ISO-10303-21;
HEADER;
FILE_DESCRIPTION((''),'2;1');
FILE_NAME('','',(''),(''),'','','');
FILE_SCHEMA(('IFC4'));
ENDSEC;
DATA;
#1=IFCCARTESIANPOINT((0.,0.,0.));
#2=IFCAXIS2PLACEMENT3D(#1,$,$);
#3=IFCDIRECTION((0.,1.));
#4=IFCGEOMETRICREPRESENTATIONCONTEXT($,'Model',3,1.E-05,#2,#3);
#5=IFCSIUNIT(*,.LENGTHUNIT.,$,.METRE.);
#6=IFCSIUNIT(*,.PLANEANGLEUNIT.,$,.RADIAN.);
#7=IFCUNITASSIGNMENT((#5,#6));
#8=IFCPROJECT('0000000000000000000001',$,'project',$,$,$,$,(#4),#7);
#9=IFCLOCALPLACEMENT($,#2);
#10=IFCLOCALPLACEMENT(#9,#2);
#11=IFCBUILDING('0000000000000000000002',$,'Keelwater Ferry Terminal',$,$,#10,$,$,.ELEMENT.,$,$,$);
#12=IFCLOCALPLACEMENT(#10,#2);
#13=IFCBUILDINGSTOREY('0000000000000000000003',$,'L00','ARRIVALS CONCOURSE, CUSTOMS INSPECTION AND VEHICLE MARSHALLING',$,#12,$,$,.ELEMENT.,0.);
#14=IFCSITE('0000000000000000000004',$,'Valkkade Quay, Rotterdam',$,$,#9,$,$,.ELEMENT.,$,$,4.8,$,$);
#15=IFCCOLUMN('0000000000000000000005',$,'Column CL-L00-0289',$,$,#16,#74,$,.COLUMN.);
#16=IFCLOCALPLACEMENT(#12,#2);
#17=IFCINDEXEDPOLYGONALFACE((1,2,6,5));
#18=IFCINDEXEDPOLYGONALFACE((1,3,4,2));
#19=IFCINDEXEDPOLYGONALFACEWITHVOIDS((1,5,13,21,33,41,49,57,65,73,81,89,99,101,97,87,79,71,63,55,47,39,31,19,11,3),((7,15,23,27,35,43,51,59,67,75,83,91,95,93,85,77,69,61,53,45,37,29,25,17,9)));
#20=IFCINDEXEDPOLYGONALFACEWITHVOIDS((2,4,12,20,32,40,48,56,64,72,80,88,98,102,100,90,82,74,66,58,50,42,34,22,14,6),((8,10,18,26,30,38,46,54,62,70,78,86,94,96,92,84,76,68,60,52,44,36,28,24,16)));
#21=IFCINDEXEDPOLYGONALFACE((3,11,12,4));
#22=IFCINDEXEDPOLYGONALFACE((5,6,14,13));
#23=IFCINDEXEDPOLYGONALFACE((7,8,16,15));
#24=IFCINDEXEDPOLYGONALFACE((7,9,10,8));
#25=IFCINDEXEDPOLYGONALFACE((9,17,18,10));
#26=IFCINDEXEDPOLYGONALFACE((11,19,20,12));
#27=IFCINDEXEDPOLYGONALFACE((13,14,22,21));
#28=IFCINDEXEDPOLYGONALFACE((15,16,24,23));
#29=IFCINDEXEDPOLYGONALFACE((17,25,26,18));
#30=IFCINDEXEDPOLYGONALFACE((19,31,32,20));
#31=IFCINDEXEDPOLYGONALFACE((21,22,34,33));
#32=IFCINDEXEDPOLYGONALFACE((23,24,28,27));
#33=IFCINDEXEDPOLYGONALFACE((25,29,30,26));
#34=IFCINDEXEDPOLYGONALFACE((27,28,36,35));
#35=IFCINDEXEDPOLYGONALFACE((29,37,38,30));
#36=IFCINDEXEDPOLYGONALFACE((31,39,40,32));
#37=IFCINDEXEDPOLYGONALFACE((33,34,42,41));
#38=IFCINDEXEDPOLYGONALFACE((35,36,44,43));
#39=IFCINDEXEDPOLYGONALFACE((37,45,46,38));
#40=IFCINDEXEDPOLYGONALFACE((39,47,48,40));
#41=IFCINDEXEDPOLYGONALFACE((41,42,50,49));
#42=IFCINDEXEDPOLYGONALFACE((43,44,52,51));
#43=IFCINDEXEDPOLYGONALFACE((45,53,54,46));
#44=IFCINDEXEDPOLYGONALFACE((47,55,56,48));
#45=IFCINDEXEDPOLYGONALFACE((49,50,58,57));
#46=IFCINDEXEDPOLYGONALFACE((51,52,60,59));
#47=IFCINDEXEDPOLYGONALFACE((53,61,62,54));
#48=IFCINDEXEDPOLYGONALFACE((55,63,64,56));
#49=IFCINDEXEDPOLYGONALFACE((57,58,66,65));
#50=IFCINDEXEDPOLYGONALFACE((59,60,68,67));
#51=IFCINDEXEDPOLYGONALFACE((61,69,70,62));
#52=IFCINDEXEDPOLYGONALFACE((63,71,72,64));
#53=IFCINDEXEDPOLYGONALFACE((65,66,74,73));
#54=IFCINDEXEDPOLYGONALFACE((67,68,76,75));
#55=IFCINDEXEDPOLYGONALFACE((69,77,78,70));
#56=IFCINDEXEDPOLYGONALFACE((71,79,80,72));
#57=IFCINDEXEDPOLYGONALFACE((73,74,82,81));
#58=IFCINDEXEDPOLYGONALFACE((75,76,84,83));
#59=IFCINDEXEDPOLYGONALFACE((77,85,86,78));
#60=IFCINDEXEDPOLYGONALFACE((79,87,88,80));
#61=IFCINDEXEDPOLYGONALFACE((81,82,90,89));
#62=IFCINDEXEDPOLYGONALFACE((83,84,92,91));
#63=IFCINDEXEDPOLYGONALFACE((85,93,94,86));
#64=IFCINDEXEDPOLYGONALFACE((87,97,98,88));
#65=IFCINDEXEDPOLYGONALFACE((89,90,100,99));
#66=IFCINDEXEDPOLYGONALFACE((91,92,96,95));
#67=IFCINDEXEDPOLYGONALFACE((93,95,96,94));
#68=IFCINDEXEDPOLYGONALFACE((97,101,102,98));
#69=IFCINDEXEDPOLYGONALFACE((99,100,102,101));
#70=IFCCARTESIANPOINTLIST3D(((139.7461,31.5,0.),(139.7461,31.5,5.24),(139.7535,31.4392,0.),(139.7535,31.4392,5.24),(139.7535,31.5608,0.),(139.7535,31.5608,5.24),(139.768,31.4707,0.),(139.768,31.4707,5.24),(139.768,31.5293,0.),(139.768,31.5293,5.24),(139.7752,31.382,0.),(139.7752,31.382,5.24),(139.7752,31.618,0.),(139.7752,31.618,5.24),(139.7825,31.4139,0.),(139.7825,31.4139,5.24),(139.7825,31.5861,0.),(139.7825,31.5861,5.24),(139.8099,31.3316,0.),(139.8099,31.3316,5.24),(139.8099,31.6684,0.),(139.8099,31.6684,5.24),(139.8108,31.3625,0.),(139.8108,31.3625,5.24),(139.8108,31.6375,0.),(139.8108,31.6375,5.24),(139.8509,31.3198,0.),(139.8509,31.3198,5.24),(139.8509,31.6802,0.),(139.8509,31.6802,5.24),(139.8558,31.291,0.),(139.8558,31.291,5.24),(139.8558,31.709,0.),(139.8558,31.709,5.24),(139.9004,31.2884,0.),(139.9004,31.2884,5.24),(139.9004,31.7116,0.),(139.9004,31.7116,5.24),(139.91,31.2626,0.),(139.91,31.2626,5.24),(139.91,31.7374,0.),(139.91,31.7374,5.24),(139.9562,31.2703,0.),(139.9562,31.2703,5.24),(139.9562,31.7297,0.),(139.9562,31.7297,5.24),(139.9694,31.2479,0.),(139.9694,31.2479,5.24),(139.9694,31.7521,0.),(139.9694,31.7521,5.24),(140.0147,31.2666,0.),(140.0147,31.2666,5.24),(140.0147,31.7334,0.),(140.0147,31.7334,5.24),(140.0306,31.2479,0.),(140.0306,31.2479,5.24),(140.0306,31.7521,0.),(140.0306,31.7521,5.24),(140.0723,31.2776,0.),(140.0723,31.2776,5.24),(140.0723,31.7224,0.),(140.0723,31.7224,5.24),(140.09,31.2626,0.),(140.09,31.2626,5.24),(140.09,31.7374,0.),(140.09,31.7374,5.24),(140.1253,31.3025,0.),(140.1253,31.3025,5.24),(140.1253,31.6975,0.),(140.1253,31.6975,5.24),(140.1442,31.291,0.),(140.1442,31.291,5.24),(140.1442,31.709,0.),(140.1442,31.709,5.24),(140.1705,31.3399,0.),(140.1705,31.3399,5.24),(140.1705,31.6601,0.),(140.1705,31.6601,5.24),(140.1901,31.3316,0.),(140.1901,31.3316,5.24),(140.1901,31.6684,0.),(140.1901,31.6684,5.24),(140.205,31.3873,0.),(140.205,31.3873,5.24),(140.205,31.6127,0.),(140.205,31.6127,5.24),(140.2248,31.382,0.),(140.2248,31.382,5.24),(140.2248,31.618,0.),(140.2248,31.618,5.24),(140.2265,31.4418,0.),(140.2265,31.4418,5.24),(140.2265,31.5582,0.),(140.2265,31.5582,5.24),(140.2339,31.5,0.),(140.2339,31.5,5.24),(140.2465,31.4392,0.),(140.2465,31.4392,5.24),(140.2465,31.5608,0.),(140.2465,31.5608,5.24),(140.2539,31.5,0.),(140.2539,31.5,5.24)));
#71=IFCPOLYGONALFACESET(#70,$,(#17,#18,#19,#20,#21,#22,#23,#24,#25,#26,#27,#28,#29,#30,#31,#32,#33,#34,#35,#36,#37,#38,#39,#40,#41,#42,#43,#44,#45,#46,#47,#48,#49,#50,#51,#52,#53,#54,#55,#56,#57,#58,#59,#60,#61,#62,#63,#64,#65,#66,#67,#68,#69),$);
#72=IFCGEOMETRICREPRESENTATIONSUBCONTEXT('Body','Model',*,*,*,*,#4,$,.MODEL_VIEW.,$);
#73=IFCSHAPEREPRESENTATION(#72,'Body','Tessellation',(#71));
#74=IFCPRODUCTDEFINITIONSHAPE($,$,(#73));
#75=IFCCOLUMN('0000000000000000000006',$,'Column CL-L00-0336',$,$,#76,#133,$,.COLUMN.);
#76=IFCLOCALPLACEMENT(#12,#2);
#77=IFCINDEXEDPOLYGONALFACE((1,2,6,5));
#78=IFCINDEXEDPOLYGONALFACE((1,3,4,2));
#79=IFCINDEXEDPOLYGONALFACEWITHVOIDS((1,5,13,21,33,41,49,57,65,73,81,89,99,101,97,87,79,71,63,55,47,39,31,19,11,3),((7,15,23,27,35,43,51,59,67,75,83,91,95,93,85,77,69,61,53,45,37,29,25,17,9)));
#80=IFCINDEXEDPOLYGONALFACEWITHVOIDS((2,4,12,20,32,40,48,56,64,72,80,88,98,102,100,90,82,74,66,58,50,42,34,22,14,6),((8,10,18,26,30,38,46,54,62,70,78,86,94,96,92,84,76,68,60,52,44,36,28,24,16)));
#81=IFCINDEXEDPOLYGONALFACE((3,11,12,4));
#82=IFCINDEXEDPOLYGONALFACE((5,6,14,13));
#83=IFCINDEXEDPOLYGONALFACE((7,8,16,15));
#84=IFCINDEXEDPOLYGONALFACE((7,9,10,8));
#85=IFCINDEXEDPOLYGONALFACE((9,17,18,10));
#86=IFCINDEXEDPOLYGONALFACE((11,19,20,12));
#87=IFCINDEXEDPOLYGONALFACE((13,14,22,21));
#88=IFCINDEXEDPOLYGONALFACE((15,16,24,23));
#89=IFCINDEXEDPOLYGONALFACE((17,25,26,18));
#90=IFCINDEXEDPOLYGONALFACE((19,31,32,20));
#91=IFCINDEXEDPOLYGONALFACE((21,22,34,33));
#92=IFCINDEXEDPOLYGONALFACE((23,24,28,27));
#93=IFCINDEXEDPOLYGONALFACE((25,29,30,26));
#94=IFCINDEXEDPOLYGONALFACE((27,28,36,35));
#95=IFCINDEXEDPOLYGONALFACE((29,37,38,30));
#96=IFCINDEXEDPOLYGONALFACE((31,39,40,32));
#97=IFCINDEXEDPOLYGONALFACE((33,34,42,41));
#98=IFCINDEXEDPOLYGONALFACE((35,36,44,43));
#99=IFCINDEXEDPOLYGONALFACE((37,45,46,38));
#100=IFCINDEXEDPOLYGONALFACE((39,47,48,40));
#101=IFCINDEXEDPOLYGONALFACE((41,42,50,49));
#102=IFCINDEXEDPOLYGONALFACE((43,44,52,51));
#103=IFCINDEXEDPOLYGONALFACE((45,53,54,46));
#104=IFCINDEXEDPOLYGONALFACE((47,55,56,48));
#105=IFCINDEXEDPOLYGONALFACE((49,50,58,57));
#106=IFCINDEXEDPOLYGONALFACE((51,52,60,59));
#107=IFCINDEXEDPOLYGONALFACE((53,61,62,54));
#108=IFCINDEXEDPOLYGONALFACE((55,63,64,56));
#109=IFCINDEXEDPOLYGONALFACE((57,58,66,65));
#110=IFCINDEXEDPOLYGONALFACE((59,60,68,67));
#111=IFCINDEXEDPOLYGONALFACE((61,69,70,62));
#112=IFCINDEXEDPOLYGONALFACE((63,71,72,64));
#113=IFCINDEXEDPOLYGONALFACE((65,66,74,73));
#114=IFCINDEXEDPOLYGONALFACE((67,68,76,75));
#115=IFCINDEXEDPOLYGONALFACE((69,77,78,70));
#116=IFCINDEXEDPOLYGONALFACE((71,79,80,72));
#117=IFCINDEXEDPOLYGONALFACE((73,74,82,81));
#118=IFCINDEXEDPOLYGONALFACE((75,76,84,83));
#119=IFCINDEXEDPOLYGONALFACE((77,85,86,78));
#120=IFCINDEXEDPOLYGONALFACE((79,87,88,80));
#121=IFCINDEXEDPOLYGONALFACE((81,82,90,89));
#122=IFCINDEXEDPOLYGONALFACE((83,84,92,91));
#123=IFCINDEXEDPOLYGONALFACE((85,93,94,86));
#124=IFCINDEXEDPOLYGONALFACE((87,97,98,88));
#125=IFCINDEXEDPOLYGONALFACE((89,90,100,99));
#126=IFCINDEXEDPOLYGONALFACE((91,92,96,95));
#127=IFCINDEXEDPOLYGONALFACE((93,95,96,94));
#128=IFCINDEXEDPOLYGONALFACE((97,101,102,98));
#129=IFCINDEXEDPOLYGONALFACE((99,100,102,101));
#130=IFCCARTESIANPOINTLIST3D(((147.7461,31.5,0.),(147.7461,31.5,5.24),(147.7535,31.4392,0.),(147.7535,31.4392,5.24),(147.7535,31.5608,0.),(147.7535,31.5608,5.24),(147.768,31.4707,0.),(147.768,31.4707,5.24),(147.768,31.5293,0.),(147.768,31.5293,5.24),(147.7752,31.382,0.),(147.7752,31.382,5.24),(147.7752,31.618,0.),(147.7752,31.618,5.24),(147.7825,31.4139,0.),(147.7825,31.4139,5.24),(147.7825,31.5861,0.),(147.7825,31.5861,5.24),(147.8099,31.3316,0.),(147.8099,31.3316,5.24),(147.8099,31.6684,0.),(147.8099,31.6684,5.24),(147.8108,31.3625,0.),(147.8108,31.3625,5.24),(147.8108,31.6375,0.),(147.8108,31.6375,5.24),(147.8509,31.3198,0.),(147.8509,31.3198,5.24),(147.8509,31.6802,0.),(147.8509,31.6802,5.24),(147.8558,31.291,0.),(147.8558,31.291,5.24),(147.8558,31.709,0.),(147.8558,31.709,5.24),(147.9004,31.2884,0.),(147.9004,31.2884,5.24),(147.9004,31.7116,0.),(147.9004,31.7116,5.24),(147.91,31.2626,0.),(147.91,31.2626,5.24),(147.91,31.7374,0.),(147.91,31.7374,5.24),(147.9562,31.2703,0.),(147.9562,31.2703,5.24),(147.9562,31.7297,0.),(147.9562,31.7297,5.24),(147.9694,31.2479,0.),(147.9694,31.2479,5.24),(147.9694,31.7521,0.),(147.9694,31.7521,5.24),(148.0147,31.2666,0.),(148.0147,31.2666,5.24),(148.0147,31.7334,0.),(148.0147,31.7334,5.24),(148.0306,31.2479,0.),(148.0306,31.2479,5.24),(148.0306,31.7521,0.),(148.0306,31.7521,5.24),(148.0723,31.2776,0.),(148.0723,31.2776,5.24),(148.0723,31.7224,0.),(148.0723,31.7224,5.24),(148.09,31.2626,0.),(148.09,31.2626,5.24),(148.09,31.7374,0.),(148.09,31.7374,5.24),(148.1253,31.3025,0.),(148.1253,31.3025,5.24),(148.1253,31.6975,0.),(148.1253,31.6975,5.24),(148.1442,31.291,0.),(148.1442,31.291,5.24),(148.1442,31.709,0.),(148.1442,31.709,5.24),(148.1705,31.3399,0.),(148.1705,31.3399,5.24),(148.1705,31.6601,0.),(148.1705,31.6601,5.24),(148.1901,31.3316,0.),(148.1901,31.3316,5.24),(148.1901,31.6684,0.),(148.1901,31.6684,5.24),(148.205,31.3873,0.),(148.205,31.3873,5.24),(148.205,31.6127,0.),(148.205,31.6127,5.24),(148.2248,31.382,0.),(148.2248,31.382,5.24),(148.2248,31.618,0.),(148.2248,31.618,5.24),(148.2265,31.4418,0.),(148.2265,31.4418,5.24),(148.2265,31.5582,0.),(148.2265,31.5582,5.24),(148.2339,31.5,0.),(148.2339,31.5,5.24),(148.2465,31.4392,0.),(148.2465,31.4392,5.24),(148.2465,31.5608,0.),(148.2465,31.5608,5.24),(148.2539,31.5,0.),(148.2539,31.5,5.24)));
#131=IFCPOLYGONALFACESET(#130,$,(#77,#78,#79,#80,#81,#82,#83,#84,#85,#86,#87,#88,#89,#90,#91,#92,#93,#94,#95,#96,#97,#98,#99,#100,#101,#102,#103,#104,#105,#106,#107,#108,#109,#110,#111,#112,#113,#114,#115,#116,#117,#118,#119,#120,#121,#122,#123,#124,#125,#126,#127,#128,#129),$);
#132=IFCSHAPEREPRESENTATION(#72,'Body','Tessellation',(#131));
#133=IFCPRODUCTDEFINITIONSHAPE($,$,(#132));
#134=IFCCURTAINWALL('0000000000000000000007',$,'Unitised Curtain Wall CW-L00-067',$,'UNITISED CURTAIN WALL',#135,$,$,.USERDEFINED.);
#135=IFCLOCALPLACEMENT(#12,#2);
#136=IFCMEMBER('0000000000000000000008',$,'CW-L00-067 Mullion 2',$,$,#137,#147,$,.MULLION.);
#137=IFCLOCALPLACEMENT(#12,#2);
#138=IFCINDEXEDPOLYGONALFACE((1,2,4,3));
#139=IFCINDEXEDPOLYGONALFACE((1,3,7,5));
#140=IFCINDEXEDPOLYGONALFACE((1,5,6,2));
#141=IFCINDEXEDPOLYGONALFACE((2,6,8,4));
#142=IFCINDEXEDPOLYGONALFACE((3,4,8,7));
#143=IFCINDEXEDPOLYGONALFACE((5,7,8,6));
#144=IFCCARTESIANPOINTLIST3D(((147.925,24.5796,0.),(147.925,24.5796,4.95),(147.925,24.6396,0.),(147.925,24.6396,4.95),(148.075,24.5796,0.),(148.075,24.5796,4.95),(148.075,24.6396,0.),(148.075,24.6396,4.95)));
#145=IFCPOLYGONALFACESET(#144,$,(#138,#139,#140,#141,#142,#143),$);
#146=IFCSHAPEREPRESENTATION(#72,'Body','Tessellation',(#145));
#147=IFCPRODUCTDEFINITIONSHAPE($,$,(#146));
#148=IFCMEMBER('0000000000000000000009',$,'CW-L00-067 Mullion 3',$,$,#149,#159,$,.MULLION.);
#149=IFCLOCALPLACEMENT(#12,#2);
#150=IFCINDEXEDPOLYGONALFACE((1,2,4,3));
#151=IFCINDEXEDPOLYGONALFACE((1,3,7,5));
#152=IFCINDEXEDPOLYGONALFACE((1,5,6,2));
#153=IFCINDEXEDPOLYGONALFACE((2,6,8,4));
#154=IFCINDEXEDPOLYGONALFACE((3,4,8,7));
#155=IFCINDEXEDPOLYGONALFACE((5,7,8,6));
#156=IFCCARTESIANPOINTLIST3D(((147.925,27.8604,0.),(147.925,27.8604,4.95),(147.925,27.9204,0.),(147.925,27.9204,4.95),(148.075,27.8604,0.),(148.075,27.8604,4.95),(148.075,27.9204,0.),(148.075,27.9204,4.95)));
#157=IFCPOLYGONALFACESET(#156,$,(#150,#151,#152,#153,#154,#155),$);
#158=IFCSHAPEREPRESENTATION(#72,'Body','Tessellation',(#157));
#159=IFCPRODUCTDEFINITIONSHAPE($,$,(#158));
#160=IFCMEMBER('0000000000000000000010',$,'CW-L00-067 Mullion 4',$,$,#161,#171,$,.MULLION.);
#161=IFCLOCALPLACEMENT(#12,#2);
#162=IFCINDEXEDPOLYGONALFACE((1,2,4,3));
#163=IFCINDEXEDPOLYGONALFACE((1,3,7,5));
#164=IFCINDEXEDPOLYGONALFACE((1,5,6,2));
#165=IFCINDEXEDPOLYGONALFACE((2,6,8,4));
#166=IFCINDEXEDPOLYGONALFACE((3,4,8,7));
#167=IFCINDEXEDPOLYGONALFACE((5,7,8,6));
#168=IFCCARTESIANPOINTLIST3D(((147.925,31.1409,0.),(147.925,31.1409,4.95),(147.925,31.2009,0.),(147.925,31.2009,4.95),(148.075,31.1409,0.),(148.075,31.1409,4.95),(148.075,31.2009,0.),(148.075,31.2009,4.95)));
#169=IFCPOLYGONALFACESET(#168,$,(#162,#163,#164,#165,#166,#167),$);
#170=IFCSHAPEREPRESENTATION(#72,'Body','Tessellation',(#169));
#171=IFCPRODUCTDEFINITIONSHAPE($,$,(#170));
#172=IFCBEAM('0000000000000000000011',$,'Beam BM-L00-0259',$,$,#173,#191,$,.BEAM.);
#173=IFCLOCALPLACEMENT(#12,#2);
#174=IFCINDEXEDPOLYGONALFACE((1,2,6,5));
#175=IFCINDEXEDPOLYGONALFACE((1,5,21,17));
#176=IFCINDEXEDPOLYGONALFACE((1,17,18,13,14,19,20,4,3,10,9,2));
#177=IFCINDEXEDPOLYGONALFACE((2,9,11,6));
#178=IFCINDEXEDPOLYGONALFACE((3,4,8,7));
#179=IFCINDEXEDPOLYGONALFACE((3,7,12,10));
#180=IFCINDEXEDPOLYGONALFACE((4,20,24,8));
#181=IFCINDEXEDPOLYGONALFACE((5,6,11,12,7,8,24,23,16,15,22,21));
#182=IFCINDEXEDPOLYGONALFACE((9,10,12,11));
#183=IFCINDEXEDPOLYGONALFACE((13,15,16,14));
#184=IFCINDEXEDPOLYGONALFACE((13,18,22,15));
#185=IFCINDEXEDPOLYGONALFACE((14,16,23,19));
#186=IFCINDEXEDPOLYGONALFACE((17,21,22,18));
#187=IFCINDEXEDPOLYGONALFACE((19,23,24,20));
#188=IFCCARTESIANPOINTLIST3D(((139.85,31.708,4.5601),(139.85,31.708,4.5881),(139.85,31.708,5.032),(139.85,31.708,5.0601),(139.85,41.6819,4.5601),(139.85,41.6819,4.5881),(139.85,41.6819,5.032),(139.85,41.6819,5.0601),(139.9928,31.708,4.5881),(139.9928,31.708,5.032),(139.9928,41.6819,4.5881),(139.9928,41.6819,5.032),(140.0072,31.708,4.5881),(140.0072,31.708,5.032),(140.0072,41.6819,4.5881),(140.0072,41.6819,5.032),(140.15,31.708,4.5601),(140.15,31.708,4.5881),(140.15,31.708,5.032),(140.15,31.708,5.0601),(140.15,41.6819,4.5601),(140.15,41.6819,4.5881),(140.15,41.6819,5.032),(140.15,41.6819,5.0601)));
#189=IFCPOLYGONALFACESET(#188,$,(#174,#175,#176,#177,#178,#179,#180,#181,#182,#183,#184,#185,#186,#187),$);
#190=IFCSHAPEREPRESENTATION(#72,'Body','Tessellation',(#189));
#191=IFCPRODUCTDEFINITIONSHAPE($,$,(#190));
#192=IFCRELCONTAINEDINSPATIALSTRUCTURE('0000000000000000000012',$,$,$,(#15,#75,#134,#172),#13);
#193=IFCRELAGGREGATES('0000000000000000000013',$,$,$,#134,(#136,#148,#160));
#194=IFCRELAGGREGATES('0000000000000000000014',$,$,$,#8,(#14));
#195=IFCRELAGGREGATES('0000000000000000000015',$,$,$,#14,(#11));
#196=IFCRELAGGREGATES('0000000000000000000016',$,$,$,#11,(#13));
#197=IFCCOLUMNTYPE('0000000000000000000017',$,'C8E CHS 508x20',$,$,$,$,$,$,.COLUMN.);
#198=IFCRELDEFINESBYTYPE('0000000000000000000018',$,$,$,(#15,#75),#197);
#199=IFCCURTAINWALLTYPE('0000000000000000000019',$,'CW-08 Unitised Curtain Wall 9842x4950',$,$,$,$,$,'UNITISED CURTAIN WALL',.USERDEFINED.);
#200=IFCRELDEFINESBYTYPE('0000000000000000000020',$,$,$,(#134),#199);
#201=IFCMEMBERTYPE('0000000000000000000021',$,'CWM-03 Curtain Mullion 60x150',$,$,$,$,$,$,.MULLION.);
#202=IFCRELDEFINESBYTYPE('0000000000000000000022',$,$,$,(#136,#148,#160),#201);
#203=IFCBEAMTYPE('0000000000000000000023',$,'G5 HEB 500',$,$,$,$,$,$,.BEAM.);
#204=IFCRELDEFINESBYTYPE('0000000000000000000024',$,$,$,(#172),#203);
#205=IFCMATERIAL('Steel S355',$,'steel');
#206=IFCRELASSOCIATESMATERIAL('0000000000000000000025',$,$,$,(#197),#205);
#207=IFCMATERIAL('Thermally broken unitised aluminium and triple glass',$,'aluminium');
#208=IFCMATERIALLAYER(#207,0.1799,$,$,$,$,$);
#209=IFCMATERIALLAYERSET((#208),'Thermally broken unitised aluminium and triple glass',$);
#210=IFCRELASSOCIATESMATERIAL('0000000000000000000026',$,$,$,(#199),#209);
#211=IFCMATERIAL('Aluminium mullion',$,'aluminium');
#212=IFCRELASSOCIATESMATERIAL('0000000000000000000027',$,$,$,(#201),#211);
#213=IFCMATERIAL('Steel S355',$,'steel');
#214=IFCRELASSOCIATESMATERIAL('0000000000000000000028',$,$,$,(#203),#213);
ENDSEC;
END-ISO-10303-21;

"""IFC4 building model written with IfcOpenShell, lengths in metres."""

from ifc_helpers import new_model, si_unit, direction, frame, origin, origin_2d, place, context, subcontext, project, spatial, rectangle, hollow_circle, i_section, extrude, material, layer, layer_set, material_profile, profile_set, type_object, element, aggregate, save


model = new_model("IFC4")

# Units and contexts
model_context = context("Model", 3, precision=1e-05, world=origin(), true_north=direction((0.0, 1.0)))
body_context = subcontext(model_context, "Body", "Model", "MODEL_VIEW")
ifc_project = project(units=[si_unit("LENGTHUNIT", "METRE"), si_unit("PLANEANGLEUNIT", "RADIAN")], contexts=[model_context])

# Site, building, storey
site_placement = place(None, origin())
site = spatial("IfcSite", under=ifc_project, at=site_placement, Name="Valkkade Quay, Rotterdam", CompositionType="ELEMENT", RefElevation=4.8)
building_placement = place(site_placement, origin())
building = spatial("IfcBuilding", under=site, at=building_placement, Name="Keelwater Ferry Terminal", CompositionType="ELEMENT")
storey_placement = place(building_placement, origin())
storey = spatial("IfcBuildingStorey", under=building, at=storey_placement, Name="L00", Description="ARRIVALS CONCOURSE, CUSTOMS INSPECTION AND VEHICLE MARSHALLING", CompositionType="ELEMENT", Elevation=0.0)

# Columns
ifc_material_1 = material(Name="Steel S355", Category="steel")
ifc_material_profile_1 = material_profile(ifc_material_1, hollow_circle(Radius=0.2539, WallThickness=0.02, at=origin_2d()), Name="CHS 508x20")
ifc_profile_set_1 = profile_set([ifc_material_profile_1], Name="Steel S355")
column_type = type_object("IfcColumnType", Name="C8E CHS 508x20", PredefinedType="COLUMN", material=ifc_profile_set_1)
for number, where, z_axis, x_axis, name in (
    (1, (140.0, 31.5, 0.0), (0.0, 0.0, 1.0), (1.0, 0.0, 0.0), "Column CL-L00-0289"),
    (2, (148.0, 31.5, 0.0), (0.0, 0.0, 1.0), (1.0, 0.0, 0.0), "Column CL-L00-0336"),
):
    element("IfcColumn", number, at=place(storey_placement, frame(where, z_axis=z_axis, x_axis=x_axis)), inside=storey, type_object=column_type, Name=name, PredefinedType="COLUMN", context=body_context, shape_type="SweptSolid", body=[
        extrude(hollow_circle(Radius=0.2539, WallThickness=0.02, at=origin_2d()), origin(), (0.0, 0.0, 1.0), 5.24),
    ])

# Curtain wall, members
ifc_material_2 = material(Name="Thermally broken unitised aluminium and triple glass", Category="aluminium")
ifc_layer_1 = layer(ifc_material_2, 0.1799)
ifc_layer_set_1 = layer_set([ifc_layer_1], Name="Thermally broken unitised aluminium and triple glass")
curtain_wall_type = type_object("IfcCurtainWallType", Name="CW-08 Unitised Curtain Wall 9842x4950", ElementType="UNITISED CURTAIN WALL", PredefinedType="USERDEFINED", material=ifc_layer_set_1)
curtain_wall_placement = place(storey_placement, origin())
curtain_wall = element("IfcCurtainWall", 3, at=curtain_wall_placement, inside=storey, type_object=curtain_wall_type, Name="Unitised Curtain Wall CW-L00-067", ObjectType="UNITISED CURTAIN WALL", PredefinedType="USERDEFINED")
ifc_material_3 = material(Name="Aluminium mullion", Category="aluminium")
ifc_material_profile_2 = material_profile(ifc_material_3, rectangle(XDim=0.0601, YDim=0.1499, at=origin_2d()), Name="CWM-03")
ifc_profile_set_2 = profile_set([ifc_material_profile_2], Name="Aluminium mullion")
member_type = type_object("IfcMemberType", Name="CWM-03 Curtain Mullion 60x150", PredefinedType="MULLION", material=ifc_profile_set_2)
member_1_placement = place(storey_placement, frame((148.0, 24.6096, 0.0), z_axis=(0.0, 0.0, 1.0), x_axis=(0.0, 1.0, 0.0)))
member_1 = element("IfcMember", 4, at=member_1_placement, type_object=member_type, Name="CW-L00-067 Mullion 2", PredefinedType="MULLION", context=body_context, shape_type="SweptSolid", body=[
    extrude(rectangle(XDim=0.0601, YDim=0.1499, at=origin_2d()), origin(), (0.0, 0.0, 1.0), 4.95),
])
member_2_placement = place(storey_placement, frame((148.0, 27.8904, 0.0), z_axis=(0.0, 0.0, 1.0), x_axis=(0.0, 1.0, 0.0)))
member_2 = element("IfcMember", 5, at=member_2_placement, type_object=member_type, Name="CW-L00-067 Mullion 3", PredefinedType="MULLION", context=body_context, shape_type="SweptSolid", body=[
    extrude(rectangle(XDim=0.0601, YDim=0.1499, at=origin_2d()), origin(), (0.0, 0.0, 1.0), 4.95),
])
member_3_placement = place(storey_placement, frame((148.0, 31.1709, 0.0), z_axis=(0.0, 0.0, 1.0), x_axis=(0.0, 1.0, 0.0)))
member_3 = element("IfcMember", 6, at=member_3_placement, type_object=member_type, Name="CW-L00-067 Mullion 4", PredefinedType="MULLION", context=body_context, shape_type="SweptSolid", body=[
    extrude(rectangle(XDim=0.0601, YDim=0.1499, at=origin_2d()), origin(), (0.0, 0.0, 1.0), 4.95),
])

# Beam
ifc_material_4 = material(Name="Steel S355", Category="steel")
ifc_material_profile_3 = material_profile(ifc_material_4, i_section(OverallWidth=0.3, OverallDepth=0.5, WebThickness=0.0144, FlangeThickness=0.0281, at=origin_2d()), Name="HEB 500")
ifc_profile_set_3 = profile_set([ifc_material_profile_3], Name="Steel S355")
beam_type_1 = type_object("IfcBeamType", Name="G5 HEB 500", PredefinedType="BEAM", material=ifc_profile_set_3)
beam_1_placement = place(storey_placement, frame((140.0, 31.708, 4.8101), z_axis=(0.0, 1.0, 0.0), x_axis=(-1.0, 0.0, 0.0)))
element("IfcBeam", 7, at=beam_1_placement, inside=storey, type_object=beam_type_1, Name="Beam BM-L00-0259", PredefinedType="BEAM", context=body_context, shape_type="SweptSolid", body=[
    extrude(i_section(OverallWidth=0.3, OverallDepth=0.5, WebThickness=0.0144, FlangeThickness=0.0281, at=origin_2d()), origin(), (0.0, 0.0, 1.0), 9.9739),
])

aggregate(curtain_wall, [member_1, member_2, member_3])

save(model, "model.ifc")
